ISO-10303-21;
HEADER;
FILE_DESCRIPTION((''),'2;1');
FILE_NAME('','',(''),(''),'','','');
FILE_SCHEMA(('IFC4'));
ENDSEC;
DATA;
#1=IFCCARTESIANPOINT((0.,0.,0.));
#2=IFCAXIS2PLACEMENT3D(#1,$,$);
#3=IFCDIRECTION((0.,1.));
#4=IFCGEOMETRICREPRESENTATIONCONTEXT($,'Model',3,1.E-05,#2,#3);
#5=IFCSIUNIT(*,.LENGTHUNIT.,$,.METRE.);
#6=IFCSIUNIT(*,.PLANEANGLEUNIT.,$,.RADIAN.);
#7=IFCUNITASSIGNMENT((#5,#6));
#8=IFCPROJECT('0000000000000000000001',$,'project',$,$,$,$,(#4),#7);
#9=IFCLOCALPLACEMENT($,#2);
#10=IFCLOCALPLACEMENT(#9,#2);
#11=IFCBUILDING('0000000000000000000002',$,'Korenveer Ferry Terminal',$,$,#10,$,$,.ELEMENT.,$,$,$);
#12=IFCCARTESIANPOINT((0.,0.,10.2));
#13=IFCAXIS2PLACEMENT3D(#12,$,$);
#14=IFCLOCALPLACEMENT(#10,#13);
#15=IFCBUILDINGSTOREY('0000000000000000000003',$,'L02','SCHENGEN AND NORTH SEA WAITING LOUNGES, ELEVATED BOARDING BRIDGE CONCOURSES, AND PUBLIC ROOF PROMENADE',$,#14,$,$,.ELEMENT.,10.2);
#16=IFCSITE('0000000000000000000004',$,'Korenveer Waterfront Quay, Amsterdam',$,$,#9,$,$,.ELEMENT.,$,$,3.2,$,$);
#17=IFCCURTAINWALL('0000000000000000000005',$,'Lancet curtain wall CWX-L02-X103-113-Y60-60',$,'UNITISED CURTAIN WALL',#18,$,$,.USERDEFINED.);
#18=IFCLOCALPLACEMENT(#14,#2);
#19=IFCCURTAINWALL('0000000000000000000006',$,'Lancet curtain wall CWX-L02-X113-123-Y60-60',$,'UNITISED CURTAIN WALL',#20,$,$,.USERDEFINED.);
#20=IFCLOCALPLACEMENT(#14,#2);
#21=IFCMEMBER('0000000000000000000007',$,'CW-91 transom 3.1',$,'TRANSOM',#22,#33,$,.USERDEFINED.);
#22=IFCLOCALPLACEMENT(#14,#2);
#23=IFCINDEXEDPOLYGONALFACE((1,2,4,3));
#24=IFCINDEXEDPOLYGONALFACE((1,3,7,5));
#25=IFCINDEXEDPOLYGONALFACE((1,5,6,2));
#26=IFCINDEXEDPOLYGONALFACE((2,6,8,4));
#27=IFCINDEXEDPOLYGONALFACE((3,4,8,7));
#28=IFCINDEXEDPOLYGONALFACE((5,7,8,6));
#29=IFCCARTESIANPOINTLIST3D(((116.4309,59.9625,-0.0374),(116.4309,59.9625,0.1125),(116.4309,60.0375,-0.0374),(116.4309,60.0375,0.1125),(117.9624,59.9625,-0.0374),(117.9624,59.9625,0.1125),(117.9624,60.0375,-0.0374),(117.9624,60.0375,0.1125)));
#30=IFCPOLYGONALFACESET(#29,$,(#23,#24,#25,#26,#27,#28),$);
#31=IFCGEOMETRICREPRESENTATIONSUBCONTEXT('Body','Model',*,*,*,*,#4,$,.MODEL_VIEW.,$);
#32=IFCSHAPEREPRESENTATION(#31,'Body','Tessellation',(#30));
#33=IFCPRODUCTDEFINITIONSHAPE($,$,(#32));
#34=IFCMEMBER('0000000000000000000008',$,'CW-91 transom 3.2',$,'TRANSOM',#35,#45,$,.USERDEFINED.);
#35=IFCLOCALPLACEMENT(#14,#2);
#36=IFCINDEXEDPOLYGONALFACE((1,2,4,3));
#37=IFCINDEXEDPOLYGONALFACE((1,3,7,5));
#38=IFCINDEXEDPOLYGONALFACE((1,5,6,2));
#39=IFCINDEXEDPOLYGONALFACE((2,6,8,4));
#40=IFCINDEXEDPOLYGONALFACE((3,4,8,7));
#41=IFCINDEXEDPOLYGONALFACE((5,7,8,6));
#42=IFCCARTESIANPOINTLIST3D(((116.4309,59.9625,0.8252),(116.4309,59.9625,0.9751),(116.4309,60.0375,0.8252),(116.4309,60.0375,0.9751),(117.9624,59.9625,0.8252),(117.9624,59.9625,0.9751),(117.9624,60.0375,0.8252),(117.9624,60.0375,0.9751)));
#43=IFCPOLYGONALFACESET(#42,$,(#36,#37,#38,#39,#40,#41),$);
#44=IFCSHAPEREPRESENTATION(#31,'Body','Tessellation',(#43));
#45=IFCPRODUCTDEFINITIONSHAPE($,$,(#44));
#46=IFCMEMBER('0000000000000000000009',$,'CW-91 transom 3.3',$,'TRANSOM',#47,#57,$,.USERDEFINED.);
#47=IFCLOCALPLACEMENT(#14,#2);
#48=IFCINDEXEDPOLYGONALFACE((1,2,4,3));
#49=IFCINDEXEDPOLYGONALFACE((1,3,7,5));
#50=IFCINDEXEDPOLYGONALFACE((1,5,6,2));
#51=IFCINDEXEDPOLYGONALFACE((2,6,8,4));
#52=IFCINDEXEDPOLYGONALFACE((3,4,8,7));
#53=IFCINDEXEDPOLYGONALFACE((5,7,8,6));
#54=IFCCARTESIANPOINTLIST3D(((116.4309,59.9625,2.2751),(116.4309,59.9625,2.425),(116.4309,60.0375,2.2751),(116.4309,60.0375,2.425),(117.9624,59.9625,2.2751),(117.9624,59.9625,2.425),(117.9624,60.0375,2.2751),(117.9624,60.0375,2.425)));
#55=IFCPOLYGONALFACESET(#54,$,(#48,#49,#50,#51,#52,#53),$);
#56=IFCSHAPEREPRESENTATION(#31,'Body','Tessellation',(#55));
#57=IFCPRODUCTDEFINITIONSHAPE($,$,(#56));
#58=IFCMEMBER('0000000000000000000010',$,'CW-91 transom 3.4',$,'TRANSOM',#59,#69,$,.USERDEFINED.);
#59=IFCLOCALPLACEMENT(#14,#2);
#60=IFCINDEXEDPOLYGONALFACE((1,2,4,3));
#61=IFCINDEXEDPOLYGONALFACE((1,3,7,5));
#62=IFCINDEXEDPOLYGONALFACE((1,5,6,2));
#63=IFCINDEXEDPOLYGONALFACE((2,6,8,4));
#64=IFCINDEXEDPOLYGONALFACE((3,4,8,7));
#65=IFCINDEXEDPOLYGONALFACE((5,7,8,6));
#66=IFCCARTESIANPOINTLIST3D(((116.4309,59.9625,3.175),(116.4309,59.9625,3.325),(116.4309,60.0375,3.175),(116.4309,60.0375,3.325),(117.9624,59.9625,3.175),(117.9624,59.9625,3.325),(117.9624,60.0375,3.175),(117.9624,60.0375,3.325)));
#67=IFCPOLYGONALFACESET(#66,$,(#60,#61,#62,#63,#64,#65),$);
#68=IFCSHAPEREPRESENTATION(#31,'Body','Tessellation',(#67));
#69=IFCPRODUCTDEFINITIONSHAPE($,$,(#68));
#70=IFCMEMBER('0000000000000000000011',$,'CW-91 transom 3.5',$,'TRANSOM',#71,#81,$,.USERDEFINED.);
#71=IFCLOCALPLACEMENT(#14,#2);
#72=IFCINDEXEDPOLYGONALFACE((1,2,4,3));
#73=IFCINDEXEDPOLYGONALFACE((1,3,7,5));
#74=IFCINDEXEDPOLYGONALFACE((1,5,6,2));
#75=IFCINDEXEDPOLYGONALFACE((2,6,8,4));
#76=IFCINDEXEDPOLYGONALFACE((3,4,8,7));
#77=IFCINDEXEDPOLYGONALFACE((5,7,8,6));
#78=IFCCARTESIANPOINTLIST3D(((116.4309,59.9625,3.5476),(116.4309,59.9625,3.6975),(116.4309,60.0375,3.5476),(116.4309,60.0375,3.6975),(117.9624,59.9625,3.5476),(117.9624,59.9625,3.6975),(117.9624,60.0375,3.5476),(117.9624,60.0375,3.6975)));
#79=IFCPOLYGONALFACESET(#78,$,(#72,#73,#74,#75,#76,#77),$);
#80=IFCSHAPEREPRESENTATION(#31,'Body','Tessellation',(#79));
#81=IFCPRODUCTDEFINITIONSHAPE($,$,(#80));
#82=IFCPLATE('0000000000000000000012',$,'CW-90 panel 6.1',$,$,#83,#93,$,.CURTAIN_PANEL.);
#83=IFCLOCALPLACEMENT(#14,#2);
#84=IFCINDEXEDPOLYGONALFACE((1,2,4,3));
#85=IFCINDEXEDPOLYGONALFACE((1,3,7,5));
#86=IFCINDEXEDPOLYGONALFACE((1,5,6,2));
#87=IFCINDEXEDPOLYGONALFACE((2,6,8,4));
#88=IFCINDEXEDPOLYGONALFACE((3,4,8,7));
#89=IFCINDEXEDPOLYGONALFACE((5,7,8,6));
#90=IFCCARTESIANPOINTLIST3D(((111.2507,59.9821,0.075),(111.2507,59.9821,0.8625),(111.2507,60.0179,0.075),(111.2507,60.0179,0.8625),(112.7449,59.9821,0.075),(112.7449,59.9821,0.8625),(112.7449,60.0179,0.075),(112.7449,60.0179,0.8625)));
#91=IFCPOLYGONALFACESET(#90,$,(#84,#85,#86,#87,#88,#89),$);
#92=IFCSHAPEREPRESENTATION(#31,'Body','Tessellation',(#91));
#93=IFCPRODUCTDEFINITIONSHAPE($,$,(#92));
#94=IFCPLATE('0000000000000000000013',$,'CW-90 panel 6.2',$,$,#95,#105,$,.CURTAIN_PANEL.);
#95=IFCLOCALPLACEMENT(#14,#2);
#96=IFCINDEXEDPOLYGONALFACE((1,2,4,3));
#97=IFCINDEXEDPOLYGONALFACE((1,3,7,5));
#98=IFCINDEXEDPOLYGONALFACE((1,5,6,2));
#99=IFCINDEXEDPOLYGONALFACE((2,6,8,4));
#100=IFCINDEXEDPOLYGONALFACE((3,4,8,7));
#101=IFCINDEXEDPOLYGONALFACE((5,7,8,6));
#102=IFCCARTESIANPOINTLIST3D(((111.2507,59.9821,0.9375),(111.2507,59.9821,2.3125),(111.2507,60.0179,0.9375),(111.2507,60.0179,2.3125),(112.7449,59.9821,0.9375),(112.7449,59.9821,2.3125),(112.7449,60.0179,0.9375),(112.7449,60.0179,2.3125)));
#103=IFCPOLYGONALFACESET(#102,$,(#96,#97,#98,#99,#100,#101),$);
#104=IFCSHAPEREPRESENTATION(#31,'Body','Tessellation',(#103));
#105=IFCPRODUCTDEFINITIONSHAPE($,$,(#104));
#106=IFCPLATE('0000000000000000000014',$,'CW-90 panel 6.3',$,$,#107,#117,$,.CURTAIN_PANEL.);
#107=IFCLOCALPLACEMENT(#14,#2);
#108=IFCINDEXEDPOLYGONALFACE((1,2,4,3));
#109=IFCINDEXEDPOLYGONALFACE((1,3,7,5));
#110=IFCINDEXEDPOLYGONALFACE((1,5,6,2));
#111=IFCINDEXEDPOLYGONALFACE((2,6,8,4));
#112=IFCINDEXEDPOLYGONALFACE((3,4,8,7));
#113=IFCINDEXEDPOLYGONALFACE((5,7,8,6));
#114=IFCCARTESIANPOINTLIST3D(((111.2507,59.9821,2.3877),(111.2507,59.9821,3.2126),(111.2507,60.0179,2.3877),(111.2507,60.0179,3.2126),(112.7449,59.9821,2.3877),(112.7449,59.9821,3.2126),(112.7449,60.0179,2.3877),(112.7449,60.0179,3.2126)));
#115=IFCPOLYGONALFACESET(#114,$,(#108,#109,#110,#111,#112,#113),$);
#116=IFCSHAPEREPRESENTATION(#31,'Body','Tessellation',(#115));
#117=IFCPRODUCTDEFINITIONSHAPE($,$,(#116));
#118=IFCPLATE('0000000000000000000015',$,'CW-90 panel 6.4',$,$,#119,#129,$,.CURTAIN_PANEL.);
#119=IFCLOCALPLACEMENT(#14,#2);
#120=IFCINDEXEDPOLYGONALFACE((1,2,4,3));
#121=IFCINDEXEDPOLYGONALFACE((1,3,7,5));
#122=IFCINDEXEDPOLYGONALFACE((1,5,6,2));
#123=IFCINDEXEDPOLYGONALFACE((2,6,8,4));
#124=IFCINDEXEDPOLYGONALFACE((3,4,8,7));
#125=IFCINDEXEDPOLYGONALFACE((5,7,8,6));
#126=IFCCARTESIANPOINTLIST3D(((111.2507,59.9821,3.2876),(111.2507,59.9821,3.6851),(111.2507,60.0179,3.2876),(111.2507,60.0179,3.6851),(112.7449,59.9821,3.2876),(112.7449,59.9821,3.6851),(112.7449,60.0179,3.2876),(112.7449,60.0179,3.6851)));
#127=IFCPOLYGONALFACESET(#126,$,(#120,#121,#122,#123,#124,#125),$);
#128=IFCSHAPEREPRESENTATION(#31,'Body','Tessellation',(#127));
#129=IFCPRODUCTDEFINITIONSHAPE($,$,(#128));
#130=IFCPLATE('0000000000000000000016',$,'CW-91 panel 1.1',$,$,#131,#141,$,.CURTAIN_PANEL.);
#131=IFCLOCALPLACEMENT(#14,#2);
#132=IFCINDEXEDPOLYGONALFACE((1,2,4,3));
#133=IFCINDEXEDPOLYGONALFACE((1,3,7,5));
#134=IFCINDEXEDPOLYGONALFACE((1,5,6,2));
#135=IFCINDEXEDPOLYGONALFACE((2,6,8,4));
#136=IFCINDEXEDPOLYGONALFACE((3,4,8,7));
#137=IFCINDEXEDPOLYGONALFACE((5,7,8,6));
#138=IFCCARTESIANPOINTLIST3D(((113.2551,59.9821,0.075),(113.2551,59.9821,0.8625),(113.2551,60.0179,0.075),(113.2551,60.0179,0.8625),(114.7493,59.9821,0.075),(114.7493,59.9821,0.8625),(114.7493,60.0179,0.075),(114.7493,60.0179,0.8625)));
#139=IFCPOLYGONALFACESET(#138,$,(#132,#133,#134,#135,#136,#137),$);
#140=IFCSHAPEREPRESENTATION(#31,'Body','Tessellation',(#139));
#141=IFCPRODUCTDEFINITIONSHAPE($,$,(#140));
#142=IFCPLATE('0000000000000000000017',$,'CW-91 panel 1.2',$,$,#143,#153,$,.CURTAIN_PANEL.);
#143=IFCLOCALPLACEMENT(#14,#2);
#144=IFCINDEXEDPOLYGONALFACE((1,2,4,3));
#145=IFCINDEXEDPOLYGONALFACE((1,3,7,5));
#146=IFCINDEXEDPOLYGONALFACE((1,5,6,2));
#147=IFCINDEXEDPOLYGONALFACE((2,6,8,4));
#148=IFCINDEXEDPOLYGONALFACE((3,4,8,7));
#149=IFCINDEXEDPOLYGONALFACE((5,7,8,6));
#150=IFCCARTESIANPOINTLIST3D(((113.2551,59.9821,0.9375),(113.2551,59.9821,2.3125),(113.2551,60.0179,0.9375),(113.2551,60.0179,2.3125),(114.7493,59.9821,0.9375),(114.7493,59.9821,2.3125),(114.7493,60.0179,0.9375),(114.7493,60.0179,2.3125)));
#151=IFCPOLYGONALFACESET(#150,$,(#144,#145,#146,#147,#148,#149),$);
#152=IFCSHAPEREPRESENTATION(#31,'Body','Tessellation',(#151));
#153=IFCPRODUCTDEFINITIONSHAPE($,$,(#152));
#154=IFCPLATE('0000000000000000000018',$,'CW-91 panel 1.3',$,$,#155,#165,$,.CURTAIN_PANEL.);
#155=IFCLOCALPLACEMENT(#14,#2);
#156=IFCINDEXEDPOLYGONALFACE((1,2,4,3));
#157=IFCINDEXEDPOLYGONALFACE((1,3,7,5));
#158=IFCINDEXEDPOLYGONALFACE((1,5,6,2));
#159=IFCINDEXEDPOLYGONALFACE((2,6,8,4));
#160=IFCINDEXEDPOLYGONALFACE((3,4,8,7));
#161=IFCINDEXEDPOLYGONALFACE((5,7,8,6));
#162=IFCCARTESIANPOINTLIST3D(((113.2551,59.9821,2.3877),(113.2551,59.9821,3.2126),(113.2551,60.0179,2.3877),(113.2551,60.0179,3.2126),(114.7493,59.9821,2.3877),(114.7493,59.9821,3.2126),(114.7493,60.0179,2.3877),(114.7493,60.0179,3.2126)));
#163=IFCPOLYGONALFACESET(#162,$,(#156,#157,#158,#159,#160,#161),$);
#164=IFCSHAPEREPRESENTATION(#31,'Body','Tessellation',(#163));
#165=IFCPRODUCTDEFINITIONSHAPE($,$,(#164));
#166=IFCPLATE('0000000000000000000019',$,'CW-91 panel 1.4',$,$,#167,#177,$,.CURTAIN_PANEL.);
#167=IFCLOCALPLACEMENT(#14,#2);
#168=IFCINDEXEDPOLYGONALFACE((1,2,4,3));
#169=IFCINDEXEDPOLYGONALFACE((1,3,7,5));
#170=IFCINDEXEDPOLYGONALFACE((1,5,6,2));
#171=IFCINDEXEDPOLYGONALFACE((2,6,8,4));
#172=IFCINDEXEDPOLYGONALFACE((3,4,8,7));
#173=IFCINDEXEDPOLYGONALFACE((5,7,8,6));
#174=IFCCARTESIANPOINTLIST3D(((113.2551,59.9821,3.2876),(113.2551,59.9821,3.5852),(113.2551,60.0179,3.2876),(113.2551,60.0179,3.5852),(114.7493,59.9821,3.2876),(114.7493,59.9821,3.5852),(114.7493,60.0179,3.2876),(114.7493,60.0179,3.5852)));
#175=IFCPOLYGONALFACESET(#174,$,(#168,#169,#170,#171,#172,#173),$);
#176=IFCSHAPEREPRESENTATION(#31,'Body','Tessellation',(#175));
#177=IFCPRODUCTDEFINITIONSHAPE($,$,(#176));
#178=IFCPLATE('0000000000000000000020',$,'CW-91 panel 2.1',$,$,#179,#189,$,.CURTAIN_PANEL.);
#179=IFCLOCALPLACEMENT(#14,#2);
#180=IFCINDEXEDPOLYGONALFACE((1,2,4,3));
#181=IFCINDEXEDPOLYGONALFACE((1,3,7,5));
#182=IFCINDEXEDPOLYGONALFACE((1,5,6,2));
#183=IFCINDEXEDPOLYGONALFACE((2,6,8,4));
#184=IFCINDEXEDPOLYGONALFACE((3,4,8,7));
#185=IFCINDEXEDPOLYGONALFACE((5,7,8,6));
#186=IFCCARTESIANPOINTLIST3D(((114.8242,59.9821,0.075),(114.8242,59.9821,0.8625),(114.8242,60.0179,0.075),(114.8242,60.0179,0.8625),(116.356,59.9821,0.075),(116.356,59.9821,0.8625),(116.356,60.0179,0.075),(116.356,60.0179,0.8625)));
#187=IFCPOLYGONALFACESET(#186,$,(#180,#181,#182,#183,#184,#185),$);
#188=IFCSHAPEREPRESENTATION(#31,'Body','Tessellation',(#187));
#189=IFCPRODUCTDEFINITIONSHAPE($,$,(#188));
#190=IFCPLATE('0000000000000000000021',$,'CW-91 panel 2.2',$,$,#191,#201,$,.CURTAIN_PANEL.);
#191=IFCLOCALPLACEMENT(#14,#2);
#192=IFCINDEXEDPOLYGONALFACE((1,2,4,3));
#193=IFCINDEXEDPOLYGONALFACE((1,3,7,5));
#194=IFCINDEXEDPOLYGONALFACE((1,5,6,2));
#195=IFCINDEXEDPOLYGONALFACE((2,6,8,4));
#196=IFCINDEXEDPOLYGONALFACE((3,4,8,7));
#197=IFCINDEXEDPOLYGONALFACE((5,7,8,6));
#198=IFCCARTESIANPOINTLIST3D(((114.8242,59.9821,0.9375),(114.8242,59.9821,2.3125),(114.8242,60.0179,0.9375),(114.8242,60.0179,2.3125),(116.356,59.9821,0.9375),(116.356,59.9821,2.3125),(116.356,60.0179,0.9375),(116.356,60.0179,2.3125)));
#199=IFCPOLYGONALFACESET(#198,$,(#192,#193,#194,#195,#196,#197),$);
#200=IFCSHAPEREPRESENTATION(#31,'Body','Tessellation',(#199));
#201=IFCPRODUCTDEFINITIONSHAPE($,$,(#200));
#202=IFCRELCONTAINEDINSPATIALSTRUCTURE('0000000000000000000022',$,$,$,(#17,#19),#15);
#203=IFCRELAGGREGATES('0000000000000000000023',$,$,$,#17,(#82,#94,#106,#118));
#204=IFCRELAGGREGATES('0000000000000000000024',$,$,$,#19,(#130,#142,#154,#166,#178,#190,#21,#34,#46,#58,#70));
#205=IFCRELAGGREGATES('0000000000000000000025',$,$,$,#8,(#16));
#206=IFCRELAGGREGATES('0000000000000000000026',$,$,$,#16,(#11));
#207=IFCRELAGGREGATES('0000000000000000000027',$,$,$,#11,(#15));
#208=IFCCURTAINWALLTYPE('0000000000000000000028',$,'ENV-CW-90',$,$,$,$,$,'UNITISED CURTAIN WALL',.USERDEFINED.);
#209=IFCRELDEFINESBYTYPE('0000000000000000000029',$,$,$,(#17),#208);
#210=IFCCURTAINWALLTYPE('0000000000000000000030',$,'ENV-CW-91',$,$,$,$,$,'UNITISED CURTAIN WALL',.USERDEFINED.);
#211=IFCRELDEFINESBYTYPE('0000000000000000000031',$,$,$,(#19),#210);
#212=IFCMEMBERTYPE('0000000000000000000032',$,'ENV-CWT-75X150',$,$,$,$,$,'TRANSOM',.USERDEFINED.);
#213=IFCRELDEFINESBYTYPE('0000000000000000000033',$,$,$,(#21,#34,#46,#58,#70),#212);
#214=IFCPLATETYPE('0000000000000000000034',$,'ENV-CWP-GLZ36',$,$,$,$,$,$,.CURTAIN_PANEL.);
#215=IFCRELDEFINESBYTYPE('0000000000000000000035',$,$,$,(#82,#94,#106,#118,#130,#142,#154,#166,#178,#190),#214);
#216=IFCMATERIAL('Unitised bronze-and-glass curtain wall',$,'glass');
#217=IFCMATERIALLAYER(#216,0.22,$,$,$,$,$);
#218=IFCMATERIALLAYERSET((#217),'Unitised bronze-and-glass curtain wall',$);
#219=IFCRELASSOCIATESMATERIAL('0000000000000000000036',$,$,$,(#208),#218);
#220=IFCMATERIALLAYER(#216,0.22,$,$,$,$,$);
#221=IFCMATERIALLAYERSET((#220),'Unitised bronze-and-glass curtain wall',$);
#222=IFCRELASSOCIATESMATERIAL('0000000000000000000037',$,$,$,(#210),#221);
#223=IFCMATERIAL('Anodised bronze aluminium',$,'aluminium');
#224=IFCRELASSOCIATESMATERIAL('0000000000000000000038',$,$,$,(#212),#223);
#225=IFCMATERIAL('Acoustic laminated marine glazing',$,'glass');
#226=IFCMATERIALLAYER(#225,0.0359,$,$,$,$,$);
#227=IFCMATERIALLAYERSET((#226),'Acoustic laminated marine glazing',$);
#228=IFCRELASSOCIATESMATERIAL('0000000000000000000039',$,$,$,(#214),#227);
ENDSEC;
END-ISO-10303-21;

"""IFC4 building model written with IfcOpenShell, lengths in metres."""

from ifc_helpers import new_model, si_unit, direction, frame, origin, origin_2d, place, context, subcontext, project, spatial, rectangle, extrude, material, layer, layer_set, material_profile, profile_set, type_object, element, aggregate, save


model = new_model("IFC4")

# Units and contexts
model_context = context("Model", 3, precision=1e-05, world=origin(), true_north=direction((0.0, 1.0)))
body_context = subcontext(model_context, "Body", "Model", "MODEL_VIEW")
ifc_project = project(units=[si_unit("LENGTHUNIT", "METRE"), si_unit("PLANEANGLEUNIT", "RADIAN")], contexts=[model_context])

# Site, building, storey
site_placement = place(None, origin())
site = spatial("IfcSite", under=ifc_project, at=site_placement, Name="Korenveer Waterfront Quay, Amsterdam", CompositionType="ELEMENT", RefElevation=3.2)
building_placement = place(site_placement, origin())
building = spatial("IfcBuilding", under=site, at=building_placement, Name="Korenveer Ferry Terminal", CompositionType="ELEMENT")
storey_placement = place(building_placement, frame((0.0, 0.0, 10.2)))
storey = spatial("IfcBuildingStorey", under=building, at=storey_placement, Name="L02", Description="SCHENGEN AND NORTH SEA WAITING LOUNGES, ELEVATED BOARDING BRIDGE CONCOURSES, AND PUBLIC ROOF PROMENADE", CompositionType="ELEMENT", Elevation=10.2)

# Curtain wall
ifc_material_1 = material(Name="Unitised bronze-and-glass curtain wall", Category="glass")
ifc_layer_1 = layer(ifc_material_1, 0.22)
ifc_layer_set_1 = layer_set([ifc_layer_1], Name="Unitised bronze-and-glass curtain wall")
curtain_wall_type_1 = type_object("IfcCurtainWallType", Name="ENV-CW-90", ElementType="UNITISED CURTAIN WALL", PredefinedType="USERDEFINED", material=ifc_layer_set_1)
curtain_wall_1_placement = place(storey_placement, frame((103.1799, 60.0, 0.0)))
curtain_wall_1 = element("IfcCurtainWall", 1, at=curtain_wall_1_placement, inside=storey, type_object=curtain_wall_type_1, Name="Lancet curtain wall CWX-L02-X103-113-Y60-60", ObjectType="UNITISED CURTAIN WALL", PredefinedType="USERDEFINED")
ifc_material_2 = material(Name="Anodised bronze aluminium", Category="aluminium")

# Curtain wall
ifc_layer_2 = layer(ifc_material_1, 0.22)
ifc_layer_set_2 = layer_set([ifc_layer_2], Name="Unitised bronze-and-glass curtain wall")
curtain_wall_type_2 = type_object("IfcCurtainWallType", Name="ENV-CW-91", ElementType="UNITISED CURTAIN WALL", PredefinedType="USERDEFINED", material=ifc_layer_set_2)
curtain_wall_2_placement = place(storey_placement, frame((113.1799, 60.0, 0.0)))
curtain_wall_2 = element("IfcCurtainWall", 2, at=curtain_wall_2_placement, inside=storey, type_object=curtain_wall_type_2, Name="Lancet curtain wall CWX-L02-X113-123-Y60-60", ObjectType="UNITISED CURTAIN WALL", PredefinedType="USERDEFINED")

# Members
ifc_material_profile_1 = material_profile(ifc_material_2, rectangle(XDim=0.075, YDim=0.1499, at=origin_2d()), Name="ALU 75x150")
ifc_profile_set_1 = profile_set([ifc_material_profile_1], Name="Anodised bronze aluminium")
member_type_1 = type_object("IfcMemberType", Name="ENV-CWT-75X150", ElementType="TRANSOM", PredefinedType="USERDEFINED", material=ifc_profile_set_1)
member_1_placement = place(storey_placement, frame((116.4309, 60.0, 0.0376), z_axis=(1.0, 0.0, 0.0), x_axis=(0.0, 1.0, 0.0)))
member_1 = element("IfcMember", 3, at=member_1_placement, type_object=member_type_1, Name="CW-91 transom 3.1", ObjectType="TRANSOM", PredefinedType="USERDEFINED", context=body_context, shape_type="SweptSolid", body=[
    extrude(rectangle(XDim=0.075, YDim=0.1499, at=origin_2d()), origin(), (0.0, 0.0, 1.0), 1.5315),
])
member_2_placement = place(storey_placement, frame((116.4309, 60.0, 0.9001), z_axis=(1.0, 0.0, 0.0), x_axis=(0.0, 1.0, 0.0)))
member_2 = element("IfcMember", 4, at=member_2_placement, type_object=member_type_1, Name="CW-91 transom 3.2", ObjectType="TRANSOM", PredefinedType="USERDEFINED", context=body_context, shape_type="SweptSolid", body=[
    extrude(rectangle(XDim=0.075, YDim=0.1499, at=origin_2d()), origin(), (0.0, 0.0, 1.0), 1.5315),
])
member_3_placement = place(storey_placement, frame((116.4309, 60.0, 2.3501), z_axis=(1.0, 0.0, 0.0), x_axis=(0.0, 1.0, 0.0)))
member_3 = element("IfcMember", 5, at=member_3_placement, type_object=member_type_1, Name="CW-91 transom 3.3", ObjectType="TRANSOM", PredefinedType="USERDEFINED", context=body_context, shape_type="SweptSolid", body=[
    extrude(rectangle(XDim=0.075, YDim=0.1499, at=origin_2d()), origin(), (0.0, 0.0, 1.0), 1.5315),
])
member_4_placement = place(storey_placement, frame((116.4309, 60.0, 3.25), z_axis=(1.0, 0.0, 0.0), x_axis=(0.0, 1.0, 0.0)))
member_4 = element("IfcMember", 6, at=member_4_placement, type_object=member_type_1, Name="CW-91 transom 3.4", ObjectType="TRANSOM", PredefinedType="USERDEFINED", context=body_context, shape_type="SweptSolid", body=[
    extrude(rectangle(XDim=0.075, YDim=0.1499, at=origin_2d()), origin(), (0.0, 0.0, 1.0), 1.5315),
])
member_5_placement = place(storey_placement, frame((116.4309, 60.0, 3.6226), z_axis=(1.0, 0.0, 0.0), x_axis=(0.0, 1.0, 0.0)))
member_5 = element("IfcMember", 7, at=member_5_placement, type_object=member_type_1, Name="CW-91 transom 3.5", ObjectType="TRANSOM", PredefinedType="USERDEFINED", context=body_context, shape_type="SweptSolid", body=[
    extrude(rectangle(XDim=0.075, YDim=0.1499, at=origin_2d()), origin(), (0.0, 0.0, 1.0), 1.5315),
])

# Plates
ifc_material_3 = material(Name="Acoustic laminated marine glazing", Category="glass")
ifc_layer_3 = layer(ifc_material_3, 0.0359)
ifc_layer_set_3 = layer_set([ifc_layer_3], Name="Acoustic laminated marine glazing")
plate_type = type_object("IfcPlateType", Name="ENV-CWP-GLZ36", PredefinedType="CURTAIN_PANEL", material=ifc_layer_set_3)
plate_1_placement = place(storey_placement, frame((111.9978, 60.0, 0.075), z_axis=(0.0, 0.0, 1.0), x_axis=(1.0, 0.0, 0.0)))
plate_1 = element("IfcPlate", 8, at=plate_1_placement, type_object=plate_type, Name="CW-90 panel 6.1", PredefinedType="CURTAIN_PANEL", context=body_context, shape_type="SweptSolid", body=[
    extrude(rectangle(XDim=1.4941, YDim=0.0359, at=origin_2d()), origin(), (0.0, 0.0, 1.0), 0.7876),
])
plate_2_placement = place(storey_placement, frame((111.9978, 60.0, 0.9375), z_axis=(0.0, 0.0, 1.0), x_axis=(1.0, 0.0, 0.0)))
plate_2 = element("IfcPlate", 9, at=plate_2_placement, type_object=plate_type, Name="CW-90 panel 6.2", PredefinedType="CURTAIN_PANEL", context=body_context, shape_type="SweptSolid", body=[
    extrude(rectangle(XDim=1.4941, YDim=0.0359, at=origin_2d()), origin(), (0.0, 0.0, 1.0), 1.375),
])
plate_3_placement = place(storey_placement, frame((111.9978, 60.0, 2.3877), z_axis=(0.0, 0.0, 1.0), x_axis=(1.0, 0.0, 0.0)))
plate_3 = element("IfcPlate", 10, at=plate_3_placement, type_object=plate_type, Name="CW-90 panel 6.3", PredefinedType="CURTAIN_PANEL", context=body_context, shape_type="SweptSolid", body=[
    extrude(rectangle(XDim=1.4941, YDim=0.0359, at=origin_2d()), origin(), (0.0, 0.0, 1.0), 0.825),
])
plate_4_placement = place(storey_placement, frame((111.9978, 60.0, 3.2876), z_axis=(0.0, 0.0, 1.0), x_axis=(1.0, 0.0, 0.0)))
plate_4 = element("IfcPlate", 11, at=plate_4_placement, type_object=plate_type, Name="CW-90 panel 6.4", PredefinedType="CURTAIN_PANEL", context=body_context, shape_type="SweptSolid", body=[
    extrude(rectangle(XDim=1.4941, YDim=0.0359, at=origin_2d()), origin(), (0.0, 0.0, 1.0), 0.3975),
])
aggregate(curtain_wall_1, [plate_1, plate_2, plate_3, plate_4])
plate_5_placement = place(storey_placement, frame((114.0022, 60.0, 0.075), z_axis=(0.0, 0.0, 1.0), x_axis=(1.0, 0.0, 0.0)))
plate_5 = element("IfcPlate", 12, at=plate_5_placement, type_object=plate_type, Name="CW-91 panel 1.1", PredefinedType="CURTAIN_PANEL", context=body_context, shape_type="SweptSolid", body=[
    extrude(rectangle(XDim=1.4941, YDim=0.0359, at=origin_2d()), origin(), (0.0, 0.0, 1.0), 0.7876),
])
plate_6_placement = place(storey_placement, frame((114.0022, 60.0, 0.9375), z_axis=(0.0, 0.0, 1.0), x_axis=(1.0, 0.0, 0.0)))
plate_6 = element("IfcPlate", 13, at=plate_6_placement, type_object=plate_type, Name="CW-91 panel 1.2", PredefinedType="CURTAIN_PANEL", context=body_context, shape_type="SweptSolid", body=[
    extrude(rectangle(XDim=1.4941, YDim=0.0359, at=origin_2d()), origin(), (0.0, 0.0, 1.0), 1.375),
])
plate_7_placement = place(storey_placement, frame((114.0022, 60.0, 2.3877), z_axis=(0.0, 0.0, 1.0), x_axis=(1.0, 0.0, 0.0)))
plate_7 = element("IfcPlate", 14, at=plate_7_placement, type_object=plate_type, Name="CW-91 panel 1.3", PredefinedType="CURTAIN_PANEL", context=body_context, shape_type="SweptSolid", body=[
    extrude(rectangle(XDim=1.4941, YDim=0.0359, at=origin_2d()), origin(), (0.0, 0.0, 1.0), 0.825),
])
plate_8_placement = place(storey_placement, frame((114.0022, 60.0, 3.2876), z_axis=(0.0, 0.0, 1.0), x_axis=(1.0, 0.0, 0.0)))
plate_8 = element("IfcPlate", 15, at=plate_8_placement, type_object=plate_type, Name="CW-91 panel 1.4", PredefinedType="CURTAIN_PANEL", context=body_context, shape_type="SweptSolid", body=[
    extrude(rectangle(XDim=1.4941, YDim=0.0359, at=origin_2d()), origin(), (0.0, 0.0, 1.0), 0.2976),
])
plate_9_placement = place(storey_placement, frame((115.5901, 60.0, 0.075), z_axis=(0.0, 0.0, 1.0), x_axis=(1.0, 0.0, 0.0)))
plate_9 = element("IfcPlate", 16, at=plate_9_placement, type_object=plate_type, Name="CW-91 panel 2.1", PredefinedType="CURTAIN_PANEL", context=body_context, shape_type="SweptSolid", body=[
    extrude(rectangle(XDim=1.5317, YDim=0.0359, at=origin_2d()), origin(), (0.0, 0.0, 1.0), 0.7876),
])
plate_10_placement = place(storey_placement, frame((115.5901, 60.0, 0.9375), z_axis=(0.0, 0.0, 1.0), x_axis=(1.0, 0.0, 0.0)))
plate_10 = element("IfcPlate", 17, at=plate_10_placement, type_object=plate_type, Name="CW-91 panel 2.2", PredefinedType="CURTAIN_PANEL", context=body_context, shape_type="SweptSolid", body=[
    extrude(rectangle(XDim=1.5317, YDim=0.0359, at=origin_2d()), origin(), (0.0, 0.0, 1.0), 1.375),
])
aggregate(curtain_wall_2, [plate_5, plate_6, plate_7, plate_8, plate_9, plate_10, member_1, member_2, member_3, member_4, member_5])

save(model, "model.ifc")
